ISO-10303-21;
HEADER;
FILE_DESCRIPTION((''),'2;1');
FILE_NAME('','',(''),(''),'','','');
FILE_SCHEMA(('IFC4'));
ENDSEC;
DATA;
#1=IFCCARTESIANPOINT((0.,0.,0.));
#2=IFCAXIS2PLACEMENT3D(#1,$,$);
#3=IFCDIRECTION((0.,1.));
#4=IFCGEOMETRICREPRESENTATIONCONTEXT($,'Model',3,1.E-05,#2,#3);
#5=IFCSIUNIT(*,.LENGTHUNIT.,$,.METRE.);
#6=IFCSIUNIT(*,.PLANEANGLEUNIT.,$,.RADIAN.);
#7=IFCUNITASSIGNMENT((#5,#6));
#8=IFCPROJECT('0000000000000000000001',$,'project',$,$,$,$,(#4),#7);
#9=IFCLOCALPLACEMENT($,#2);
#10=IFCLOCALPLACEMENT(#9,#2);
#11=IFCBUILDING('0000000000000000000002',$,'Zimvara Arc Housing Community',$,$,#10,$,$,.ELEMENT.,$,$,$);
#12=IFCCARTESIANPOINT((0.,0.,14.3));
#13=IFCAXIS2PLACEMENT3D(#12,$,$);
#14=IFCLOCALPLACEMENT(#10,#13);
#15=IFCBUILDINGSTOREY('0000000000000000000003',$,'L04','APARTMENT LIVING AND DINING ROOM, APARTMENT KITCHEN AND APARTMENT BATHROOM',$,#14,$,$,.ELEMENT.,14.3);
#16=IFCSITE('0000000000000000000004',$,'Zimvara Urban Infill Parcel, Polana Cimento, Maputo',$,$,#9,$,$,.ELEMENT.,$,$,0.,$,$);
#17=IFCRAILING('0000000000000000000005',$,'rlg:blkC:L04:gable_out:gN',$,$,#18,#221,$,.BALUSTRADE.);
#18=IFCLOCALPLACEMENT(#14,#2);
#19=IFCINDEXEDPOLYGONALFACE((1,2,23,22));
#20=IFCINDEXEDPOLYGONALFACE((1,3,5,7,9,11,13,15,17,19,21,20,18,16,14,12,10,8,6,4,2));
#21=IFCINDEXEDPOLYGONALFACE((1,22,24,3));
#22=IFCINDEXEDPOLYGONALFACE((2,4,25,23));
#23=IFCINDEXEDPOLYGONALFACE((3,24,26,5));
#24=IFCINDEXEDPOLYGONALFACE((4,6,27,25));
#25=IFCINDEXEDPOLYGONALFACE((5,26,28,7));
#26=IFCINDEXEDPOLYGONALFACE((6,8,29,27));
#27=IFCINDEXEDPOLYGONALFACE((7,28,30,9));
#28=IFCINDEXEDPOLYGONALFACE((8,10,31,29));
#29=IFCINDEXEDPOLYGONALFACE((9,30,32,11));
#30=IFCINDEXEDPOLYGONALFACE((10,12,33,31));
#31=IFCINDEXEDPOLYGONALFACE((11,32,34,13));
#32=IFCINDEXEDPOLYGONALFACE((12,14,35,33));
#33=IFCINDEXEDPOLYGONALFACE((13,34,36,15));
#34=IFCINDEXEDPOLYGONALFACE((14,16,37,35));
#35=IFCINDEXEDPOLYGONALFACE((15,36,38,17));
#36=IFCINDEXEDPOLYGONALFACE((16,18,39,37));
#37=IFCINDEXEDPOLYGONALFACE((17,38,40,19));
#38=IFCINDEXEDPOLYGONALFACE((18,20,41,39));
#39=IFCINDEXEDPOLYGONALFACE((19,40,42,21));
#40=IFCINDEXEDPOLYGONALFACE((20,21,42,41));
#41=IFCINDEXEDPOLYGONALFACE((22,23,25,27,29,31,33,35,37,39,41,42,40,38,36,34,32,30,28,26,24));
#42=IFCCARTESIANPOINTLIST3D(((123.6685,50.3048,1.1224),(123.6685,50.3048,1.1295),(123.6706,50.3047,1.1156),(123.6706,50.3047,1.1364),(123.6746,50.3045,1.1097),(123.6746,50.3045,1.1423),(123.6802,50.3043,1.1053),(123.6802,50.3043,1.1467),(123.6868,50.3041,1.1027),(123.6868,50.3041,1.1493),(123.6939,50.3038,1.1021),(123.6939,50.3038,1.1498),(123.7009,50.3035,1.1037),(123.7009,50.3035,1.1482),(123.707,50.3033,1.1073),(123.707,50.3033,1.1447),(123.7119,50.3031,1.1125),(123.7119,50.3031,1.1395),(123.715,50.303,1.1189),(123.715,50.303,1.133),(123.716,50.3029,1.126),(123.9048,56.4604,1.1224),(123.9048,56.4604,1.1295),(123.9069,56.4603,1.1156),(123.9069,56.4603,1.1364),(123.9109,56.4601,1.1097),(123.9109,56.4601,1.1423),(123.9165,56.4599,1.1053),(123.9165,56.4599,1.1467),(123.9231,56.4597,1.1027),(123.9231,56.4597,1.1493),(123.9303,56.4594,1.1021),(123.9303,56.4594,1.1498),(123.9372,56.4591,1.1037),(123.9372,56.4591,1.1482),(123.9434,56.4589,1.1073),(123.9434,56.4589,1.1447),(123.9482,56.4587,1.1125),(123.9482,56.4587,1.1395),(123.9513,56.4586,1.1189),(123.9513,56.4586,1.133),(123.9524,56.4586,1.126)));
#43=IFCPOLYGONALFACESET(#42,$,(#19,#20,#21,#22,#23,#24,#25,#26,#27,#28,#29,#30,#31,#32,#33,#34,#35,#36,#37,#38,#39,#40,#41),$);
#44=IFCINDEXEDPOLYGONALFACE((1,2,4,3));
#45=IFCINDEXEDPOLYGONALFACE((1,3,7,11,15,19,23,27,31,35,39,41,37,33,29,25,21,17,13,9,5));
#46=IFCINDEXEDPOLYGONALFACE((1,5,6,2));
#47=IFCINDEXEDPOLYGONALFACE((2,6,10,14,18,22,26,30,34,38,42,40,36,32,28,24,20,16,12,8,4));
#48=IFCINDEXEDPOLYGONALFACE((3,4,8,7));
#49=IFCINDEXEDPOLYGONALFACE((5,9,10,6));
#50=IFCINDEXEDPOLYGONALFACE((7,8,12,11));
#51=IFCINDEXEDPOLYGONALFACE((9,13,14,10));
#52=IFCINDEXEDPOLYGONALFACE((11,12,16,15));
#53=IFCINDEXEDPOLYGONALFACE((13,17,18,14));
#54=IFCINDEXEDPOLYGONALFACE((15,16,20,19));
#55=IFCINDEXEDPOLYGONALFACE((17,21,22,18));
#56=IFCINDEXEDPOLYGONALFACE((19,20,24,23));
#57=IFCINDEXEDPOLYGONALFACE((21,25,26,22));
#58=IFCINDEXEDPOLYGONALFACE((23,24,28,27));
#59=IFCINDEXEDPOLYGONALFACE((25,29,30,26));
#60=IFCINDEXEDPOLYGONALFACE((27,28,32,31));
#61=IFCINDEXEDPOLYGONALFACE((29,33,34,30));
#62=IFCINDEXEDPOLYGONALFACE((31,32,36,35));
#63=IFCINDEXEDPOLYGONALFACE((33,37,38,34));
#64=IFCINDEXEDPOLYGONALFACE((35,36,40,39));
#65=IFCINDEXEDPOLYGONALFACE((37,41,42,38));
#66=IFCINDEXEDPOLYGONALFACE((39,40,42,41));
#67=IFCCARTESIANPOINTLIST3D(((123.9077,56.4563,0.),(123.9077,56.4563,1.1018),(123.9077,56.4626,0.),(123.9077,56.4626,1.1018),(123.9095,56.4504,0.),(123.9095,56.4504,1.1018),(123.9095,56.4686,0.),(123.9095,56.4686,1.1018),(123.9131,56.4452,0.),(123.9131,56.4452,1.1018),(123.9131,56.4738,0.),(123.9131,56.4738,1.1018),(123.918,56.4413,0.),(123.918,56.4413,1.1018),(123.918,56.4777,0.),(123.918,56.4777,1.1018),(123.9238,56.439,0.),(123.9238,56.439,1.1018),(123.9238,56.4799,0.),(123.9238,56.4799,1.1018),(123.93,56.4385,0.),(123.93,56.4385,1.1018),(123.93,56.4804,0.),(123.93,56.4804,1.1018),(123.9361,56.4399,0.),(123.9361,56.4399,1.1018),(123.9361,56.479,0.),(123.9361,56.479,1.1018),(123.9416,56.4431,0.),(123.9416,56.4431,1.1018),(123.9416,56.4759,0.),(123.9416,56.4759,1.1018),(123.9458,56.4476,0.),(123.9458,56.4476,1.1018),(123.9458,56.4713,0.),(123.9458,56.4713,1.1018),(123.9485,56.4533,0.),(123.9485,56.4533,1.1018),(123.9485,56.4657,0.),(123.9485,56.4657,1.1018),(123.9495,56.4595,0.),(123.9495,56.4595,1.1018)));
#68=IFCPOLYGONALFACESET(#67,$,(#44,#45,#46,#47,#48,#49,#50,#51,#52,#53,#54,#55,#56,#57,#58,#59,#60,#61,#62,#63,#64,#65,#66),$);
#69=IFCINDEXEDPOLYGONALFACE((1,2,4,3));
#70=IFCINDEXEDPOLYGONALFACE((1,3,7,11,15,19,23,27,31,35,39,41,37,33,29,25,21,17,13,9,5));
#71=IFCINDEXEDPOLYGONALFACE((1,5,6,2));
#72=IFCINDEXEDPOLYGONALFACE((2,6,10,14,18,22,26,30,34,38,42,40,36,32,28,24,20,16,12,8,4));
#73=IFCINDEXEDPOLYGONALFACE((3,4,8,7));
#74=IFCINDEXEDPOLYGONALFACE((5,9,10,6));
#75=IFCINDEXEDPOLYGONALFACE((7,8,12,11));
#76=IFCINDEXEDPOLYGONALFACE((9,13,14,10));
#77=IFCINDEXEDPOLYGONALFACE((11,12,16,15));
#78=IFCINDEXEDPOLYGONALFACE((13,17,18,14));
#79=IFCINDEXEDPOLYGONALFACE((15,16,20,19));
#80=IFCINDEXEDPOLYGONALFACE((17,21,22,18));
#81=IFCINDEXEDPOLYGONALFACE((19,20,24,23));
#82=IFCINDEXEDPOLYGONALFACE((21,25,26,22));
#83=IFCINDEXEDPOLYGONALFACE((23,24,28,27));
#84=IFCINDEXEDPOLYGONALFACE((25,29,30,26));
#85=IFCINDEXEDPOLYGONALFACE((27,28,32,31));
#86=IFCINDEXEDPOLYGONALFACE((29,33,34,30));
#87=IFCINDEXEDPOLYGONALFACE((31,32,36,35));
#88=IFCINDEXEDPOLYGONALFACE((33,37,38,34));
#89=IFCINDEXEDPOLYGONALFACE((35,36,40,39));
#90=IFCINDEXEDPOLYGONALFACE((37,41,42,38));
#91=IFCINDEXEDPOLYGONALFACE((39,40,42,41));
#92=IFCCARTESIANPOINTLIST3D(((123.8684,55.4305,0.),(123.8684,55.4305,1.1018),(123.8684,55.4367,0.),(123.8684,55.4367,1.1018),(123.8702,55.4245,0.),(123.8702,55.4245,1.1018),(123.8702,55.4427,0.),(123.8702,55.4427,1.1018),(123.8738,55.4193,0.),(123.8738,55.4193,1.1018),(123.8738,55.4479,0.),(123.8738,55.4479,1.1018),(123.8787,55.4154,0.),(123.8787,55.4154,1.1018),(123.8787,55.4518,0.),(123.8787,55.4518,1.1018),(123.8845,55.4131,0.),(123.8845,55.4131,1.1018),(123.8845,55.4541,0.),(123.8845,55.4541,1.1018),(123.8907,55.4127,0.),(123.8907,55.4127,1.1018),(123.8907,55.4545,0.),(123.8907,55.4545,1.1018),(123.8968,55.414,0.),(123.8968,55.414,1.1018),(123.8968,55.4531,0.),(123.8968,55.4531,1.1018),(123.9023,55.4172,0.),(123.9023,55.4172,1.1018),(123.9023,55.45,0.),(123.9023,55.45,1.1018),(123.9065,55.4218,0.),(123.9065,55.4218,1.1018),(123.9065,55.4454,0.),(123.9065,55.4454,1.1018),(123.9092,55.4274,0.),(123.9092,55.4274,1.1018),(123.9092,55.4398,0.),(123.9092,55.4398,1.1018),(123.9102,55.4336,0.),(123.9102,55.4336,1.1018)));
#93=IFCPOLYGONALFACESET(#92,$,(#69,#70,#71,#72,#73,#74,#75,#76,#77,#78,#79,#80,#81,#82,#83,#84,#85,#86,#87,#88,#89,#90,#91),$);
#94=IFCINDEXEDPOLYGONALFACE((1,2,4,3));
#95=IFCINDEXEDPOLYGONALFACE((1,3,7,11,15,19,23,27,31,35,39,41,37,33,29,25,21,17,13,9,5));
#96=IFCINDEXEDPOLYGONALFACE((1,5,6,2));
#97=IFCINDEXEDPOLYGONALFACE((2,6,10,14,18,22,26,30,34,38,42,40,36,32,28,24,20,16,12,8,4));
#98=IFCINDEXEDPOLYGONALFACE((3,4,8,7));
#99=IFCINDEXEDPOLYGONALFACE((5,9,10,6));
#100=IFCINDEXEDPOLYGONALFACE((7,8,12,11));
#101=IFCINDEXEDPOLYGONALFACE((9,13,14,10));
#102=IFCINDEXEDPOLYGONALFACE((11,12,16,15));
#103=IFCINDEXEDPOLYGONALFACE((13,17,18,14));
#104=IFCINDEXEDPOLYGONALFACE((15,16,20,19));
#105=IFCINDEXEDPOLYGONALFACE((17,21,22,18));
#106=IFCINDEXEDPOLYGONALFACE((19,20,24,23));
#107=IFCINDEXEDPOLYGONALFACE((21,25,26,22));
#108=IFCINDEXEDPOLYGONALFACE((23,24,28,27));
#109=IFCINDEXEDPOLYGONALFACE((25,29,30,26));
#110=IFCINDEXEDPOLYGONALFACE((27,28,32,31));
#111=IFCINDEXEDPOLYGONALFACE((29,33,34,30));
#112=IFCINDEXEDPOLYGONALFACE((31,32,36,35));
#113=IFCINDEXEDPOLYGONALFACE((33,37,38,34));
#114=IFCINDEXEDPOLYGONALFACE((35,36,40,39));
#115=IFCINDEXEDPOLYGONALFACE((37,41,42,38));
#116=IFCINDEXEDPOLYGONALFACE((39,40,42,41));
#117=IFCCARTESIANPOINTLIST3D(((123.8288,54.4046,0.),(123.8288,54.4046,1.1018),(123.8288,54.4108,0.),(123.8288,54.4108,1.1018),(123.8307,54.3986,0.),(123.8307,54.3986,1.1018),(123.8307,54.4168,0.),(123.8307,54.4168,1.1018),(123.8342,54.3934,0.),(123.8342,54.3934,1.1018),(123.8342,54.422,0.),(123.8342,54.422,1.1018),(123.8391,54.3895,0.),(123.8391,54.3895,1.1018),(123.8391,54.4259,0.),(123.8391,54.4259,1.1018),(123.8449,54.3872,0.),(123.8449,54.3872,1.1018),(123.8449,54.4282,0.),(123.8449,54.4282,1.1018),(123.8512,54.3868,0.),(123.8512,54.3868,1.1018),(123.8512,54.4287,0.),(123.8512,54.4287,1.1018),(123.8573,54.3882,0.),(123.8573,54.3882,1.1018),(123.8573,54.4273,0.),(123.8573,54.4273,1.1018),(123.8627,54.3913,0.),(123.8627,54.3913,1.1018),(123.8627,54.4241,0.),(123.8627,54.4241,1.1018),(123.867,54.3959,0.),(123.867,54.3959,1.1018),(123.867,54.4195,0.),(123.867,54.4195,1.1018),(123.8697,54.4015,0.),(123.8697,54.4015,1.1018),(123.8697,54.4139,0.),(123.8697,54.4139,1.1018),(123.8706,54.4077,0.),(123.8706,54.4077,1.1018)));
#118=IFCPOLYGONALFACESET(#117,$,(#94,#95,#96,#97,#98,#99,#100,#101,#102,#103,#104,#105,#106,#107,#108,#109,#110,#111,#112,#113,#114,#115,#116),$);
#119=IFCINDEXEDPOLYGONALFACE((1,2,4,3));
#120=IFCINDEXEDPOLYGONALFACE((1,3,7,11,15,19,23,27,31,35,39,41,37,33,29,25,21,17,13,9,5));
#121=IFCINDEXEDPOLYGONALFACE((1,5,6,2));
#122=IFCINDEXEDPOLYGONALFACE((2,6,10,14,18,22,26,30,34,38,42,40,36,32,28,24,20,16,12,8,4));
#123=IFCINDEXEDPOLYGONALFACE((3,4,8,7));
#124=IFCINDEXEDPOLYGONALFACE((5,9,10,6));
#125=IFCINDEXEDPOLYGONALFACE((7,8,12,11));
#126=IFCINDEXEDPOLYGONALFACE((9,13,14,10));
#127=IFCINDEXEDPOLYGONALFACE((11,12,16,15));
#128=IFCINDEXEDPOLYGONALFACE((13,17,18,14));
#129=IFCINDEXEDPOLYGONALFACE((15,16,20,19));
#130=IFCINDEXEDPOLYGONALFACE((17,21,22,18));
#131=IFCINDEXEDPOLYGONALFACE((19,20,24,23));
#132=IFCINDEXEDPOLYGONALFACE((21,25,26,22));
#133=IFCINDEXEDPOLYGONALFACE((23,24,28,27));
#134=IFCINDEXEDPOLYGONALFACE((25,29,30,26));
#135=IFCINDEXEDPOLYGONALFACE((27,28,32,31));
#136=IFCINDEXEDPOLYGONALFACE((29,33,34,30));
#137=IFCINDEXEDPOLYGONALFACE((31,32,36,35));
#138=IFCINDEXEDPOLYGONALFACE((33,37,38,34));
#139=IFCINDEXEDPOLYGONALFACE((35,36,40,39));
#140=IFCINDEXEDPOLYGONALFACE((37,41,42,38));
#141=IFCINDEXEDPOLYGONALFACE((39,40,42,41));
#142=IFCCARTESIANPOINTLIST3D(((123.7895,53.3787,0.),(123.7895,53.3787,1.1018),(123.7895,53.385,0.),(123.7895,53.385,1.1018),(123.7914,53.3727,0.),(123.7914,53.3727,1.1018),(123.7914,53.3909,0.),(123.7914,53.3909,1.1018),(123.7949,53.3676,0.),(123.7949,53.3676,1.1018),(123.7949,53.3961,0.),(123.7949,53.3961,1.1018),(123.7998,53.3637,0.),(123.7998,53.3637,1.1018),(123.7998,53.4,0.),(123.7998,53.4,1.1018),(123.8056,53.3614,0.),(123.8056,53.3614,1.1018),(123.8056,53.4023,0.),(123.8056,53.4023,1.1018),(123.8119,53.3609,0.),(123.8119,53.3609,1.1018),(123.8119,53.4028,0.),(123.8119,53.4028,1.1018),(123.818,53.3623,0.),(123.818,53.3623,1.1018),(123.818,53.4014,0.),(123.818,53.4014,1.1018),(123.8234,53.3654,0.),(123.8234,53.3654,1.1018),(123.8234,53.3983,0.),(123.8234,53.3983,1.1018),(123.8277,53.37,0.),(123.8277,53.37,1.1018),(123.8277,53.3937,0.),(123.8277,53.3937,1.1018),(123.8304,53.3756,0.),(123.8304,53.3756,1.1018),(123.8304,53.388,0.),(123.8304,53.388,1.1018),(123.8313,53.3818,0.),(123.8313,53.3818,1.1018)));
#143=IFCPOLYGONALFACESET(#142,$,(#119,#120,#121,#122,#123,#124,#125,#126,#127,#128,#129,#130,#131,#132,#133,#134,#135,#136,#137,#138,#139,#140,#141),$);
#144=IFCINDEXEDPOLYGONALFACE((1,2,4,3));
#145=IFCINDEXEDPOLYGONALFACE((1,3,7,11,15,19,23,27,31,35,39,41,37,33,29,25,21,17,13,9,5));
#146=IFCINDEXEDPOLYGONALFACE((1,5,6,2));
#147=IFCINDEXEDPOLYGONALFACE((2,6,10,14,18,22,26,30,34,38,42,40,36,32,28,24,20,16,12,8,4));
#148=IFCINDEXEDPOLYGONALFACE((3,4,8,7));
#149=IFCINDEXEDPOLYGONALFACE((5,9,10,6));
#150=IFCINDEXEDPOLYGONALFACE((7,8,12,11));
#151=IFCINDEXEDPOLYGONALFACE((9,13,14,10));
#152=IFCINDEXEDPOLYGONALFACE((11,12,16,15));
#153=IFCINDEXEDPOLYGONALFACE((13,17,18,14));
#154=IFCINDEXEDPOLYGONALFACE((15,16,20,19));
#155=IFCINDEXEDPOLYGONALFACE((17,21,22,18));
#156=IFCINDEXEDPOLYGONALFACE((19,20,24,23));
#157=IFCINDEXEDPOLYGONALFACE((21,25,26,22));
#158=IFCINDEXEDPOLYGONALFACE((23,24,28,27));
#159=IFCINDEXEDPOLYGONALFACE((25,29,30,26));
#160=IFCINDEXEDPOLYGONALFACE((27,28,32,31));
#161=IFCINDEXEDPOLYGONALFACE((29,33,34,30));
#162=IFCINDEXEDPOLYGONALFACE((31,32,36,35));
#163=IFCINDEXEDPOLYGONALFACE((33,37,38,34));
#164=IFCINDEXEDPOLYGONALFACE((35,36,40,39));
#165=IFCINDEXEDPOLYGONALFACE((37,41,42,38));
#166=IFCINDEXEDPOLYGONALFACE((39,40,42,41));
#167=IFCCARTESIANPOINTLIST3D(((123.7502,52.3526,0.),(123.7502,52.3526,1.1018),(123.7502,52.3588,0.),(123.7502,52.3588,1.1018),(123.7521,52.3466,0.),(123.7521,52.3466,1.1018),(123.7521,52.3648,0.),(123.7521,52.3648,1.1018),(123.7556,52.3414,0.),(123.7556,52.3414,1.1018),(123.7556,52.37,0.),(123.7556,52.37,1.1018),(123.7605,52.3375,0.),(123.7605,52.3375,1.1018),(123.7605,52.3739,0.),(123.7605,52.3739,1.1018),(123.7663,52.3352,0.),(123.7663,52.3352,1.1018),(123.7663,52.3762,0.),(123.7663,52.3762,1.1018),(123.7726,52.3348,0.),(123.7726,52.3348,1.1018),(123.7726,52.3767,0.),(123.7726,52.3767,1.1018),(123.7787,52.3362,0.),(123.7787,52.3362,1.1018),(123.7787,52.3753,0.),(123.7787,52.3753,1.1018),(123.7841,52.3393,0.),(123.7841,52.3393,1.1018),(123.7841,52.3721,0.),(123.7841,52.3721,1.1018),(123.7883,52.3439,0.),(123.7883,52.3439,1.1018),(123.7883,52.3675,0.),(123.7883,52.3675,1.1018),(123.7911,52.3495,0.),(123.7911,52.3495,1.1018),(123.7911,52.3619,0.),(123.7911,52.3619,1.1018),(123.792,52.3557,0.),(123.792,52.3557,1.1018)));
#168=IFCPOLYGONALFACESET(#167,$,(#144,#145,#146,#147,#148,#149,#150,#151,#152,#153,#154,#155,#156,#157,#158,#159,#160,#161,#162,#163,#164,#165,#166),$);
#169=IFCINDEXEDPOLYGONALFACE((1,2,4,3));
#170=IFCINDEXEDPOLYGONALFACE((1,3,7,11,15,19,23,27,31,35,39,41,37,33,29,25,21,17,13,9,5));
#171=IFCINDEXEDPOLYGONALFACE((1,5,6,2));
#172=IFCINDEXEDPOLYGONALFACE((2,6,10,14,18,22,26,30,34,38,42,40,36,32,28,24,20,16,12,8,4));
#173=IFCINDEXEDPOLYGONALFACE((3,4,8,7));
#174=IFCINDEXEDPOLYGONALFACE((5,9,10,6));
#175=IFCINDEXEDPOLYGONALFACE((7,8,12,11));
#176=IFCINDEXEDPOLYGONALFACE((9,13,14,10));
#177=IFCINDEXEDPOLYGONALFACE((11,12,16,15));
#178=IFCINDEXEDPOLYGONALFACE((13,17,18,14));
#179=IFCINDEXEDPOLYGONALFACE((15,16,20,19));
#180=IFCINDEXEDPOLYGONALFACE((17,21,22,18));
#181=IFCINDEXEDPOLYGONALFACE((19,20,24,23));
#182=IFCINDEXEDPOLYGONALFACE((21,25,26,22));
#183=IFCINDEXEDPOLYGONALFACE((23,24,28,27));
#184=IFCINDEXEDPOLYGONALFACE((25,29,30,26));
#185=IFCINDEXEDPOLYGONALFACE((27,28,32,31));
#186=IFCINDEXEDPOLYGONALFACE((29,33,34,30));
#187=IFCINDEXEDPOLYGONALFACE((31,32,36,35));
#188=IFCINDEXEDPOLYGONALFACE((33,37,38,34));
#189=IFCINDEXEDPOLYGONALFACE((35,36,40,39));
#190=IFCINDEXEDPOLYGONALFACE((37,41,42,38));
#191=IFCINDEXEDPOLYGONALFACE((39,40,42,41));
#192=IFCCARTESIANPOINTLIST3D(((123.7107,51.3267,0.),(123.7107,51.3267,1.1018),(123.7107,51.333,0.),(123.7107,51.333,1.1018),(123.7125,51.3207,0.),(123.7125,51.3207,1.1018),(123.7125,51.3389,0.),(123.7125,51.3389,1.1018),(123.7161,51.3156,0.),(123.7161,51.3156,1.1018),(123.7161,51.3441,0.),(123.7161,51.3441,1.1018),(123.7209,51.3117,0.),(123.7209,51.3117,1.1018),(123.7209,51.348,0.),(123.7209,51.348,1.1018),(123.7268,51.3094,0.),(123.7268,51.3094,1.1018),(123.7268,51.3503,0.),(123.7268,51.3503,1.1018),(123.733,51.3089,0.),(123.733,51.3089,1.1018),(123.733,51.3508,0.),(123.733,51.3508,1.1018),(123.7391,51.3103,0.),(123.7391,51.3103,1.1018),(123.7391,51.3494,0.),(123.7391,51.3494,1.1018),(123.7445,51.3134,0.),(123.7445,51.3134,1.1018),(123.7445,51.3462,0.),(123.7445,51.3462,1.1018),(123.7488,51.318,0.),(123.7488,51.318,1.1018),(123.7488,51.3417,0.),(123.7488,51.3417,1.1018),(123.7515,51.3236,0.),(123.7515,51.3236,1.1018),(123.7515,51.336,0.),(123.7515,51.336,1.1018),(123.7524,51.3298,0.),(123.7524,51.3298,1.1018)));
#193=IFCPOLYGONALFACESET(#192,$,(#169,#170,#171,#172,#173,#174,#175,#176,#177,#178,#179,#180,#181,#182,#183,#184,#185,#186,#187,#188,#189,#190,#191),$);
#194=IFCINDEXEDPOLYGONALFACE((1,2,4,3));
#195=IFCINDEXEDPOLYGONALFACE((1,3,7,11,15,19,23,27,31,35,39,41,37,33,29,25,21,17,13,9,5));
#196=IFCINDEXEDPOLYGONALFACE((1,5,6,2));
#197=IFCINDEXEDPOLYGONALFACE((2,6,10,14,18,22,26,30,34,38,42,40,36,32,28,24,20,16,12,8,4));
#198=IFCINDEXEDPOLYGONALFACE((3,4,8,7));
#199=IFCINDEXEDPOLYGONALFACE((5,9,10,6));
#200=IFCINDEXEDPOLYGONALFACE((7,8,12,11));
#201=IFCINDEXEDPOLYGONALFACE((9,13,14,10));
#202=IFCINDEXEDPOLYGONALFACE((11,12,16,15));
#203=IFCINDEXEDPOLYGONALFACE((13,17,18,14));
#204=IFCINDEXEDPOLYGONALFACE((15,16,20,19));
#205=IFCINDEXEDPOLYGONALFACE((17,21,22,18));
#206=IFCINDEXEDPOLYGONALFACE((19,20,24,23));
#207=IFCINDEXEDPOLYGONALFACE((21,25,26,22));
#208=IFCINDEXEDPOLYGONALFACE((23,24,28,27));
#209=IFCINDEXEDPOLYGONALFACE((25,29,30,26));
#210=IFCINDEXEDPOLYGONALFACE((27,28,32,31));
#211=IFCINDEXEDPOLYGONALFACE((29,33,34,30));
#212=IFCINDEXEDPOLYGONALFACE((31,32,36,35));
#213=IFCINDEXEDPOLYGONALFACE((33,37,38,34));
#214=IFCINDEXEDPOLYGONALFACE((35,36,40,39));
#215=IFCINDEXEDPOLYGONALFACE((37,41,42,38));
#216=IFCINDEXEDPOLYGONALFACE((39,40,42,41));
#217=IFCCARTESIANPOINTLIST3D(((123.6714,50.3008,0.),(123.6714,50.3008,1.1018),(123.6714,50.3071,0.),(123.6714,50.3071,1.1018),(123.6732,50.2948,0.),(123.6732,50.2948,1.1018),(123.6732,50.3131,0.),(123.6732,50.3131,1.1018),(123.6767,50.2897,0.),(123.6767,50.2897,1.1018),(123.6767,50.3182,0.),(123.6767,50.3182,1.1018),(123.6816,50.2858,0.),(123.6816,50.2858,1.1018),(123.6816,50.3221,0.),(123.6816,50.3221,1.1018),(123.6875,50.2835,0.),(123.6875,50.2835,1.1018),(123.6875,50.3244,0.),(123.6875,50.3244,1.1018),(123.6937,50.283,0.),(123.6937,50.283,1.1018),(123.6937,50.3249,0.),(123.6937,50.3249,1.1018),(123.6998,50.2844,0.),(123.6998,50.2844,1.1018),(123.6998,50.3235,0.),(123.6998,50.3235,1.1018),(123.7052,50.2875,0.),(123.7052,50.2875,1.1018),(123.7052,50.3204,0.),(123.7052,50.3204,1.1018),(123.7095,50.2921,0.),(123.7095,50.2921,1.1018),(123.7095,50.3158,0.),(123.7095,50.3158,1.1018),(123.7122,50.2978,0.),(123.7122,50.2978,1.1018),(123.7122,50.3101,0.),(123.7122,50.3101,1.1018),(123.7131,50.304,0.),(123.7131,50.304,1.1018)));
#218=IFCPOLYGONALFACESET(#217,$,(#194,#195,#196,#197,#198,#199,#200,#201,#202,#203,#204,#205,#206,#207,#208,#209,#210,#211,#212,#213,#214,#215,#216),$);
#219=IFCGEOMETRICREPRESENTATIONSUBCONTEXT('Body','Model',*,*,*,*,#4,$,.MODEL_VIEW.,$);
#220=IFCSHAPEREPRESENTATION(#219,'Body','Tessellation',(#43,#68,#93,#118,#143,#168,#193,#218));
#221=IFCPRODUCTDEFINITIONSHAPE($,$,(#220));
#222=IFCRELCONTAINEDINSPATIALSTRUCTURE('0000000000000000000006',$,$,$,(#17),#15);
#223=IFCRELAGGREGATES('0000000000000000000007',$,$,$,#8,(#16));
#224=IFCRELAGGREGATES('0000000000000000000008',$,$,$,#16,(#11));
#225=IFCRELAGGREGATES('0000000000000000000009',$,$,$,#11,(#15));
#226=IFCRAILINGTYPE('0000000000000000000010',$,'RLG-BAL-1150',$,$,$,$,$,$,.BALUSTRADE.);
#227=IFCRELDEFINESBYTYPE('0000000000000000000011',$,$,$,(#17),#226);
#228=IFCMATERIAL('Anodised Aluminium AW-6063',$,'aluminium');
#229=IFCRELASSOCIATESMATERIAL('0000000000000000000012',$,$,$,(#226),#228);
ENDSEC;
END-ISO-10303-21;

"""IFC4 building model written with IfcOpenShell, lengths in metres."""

from ifc_helpers import new_model, si_unit, direction, frame, origin, origin_2d, place, context, subcontext, project, spatial, circle, extrude, material, type_object, element, save


model = new_model("IFC4")

# Units and contexts
model_context = context("Model", 3, precision=1e-05, world=origin(), true_north=direction((0.0, 1.0)))
body_context = subcontext(model_context, "Body", "Model", "MODEL_VIEW")
ifc_project = project(units=[si_unit("LENGTHUNIT", "METRE"), si_unit("PLANEANGLEUNIT", "RADIAN")], contexts=[model_context])

# Site, building, storey
site_placement = place(None, origin())
site = spatial("IfcSite", under=ifc_project, at=site_placement, Name="Zimvara Urban Infill Parcel, Polana Cimento, Maputo", CompositionType="ELEMENT", RefElevation=0.0)
building_placement = place(site_placement, origin())
building = spatial("IfcBuilding", under=site, at=building_placement, Name="Zimvara Arc Housing Community", CompositionType="ELEMENT")
storey_placement = place(building_placement, frame((0.0, 0.0, 14.3)))
storey = spatial("IfcBuildingStorey", under=building, at=storey_placement, Name="L04", Description="APARTMENT LIVING AND DINING ROOM, APARTMENT KITCHEN AND APARTMENT BATHROOM", CompositionType="ELEMENT", Elevation=14.3)

# Railing
ifc_material_1 = material(Name="Anodised Aluminium AW-6063", Category="aluminium")
railing_type = type_object("IfcRailingType", Name="RLG-BAL-1150", PredefinedType="BALUSTRADE", material=ifc_material_1)
railing_placement = place(storey_placement, frame((123.9285, 56.4595, 0.0)))
element("IfcRailing", 1, at=railing_placement, inside=storey, type_object=railing_type, Name="rlg:blkC:L04:gable_out:gN", PredefinedType="BALUSTRADE", context=body_context, shape_type="SweptSolid", body=[
    extrude(circle(Radius=0.0239, at=origin_2d()), frame((0.0, 0.0, 1.126), z_axis=(-0.038365, -0.999264, 0.0), x_axis=(0.999264, -0.038365, 0.0)), (0.0, 0.0, 1.0), 6.1602),
    extrude(circle(Radius=0.021, at=origin_2d()), origin(), (0.0, 0.0, 1.0), 1.1018),
    extrude(circle(Radius=0.021, at=origin_2d()), frame((-0.0393, -1.0259, 0.0)), (0.0, 0.0, 1.0), 1.1018),
    extrude(circle(Radius=0.021, at=origin_2d()), frame((-0.0789, -2.0518, 0.0)), (0.0, 0.0, 1.0), 1.1018),
    extrude(circle(Radius=0.021, at=origin_2d()), frame((-0.1182, -3.0776, 0.0)), (0.0, 0.0, 1.0), 1.1018),
    extrude(circle(Radius=0.021, at=origin_2d()), frame((-0.1575, -4.1038, 0.0)), (0.0, 0.0, 1.0), 1.1018),
    extrude(circle(Radius=0.021, at=origin_2d()), frame((-0.197, -5.1296, 0.0)), (0.0, 0.0, 1.0), 1.1018),
    extrude(circle(Radius=0.021, at=origin_2d()), frame((-0.2363, -6.1555, 0.0)), (0.0, 0.0, 1.0), 1.1018),
])

save(model, "model.ifc")
